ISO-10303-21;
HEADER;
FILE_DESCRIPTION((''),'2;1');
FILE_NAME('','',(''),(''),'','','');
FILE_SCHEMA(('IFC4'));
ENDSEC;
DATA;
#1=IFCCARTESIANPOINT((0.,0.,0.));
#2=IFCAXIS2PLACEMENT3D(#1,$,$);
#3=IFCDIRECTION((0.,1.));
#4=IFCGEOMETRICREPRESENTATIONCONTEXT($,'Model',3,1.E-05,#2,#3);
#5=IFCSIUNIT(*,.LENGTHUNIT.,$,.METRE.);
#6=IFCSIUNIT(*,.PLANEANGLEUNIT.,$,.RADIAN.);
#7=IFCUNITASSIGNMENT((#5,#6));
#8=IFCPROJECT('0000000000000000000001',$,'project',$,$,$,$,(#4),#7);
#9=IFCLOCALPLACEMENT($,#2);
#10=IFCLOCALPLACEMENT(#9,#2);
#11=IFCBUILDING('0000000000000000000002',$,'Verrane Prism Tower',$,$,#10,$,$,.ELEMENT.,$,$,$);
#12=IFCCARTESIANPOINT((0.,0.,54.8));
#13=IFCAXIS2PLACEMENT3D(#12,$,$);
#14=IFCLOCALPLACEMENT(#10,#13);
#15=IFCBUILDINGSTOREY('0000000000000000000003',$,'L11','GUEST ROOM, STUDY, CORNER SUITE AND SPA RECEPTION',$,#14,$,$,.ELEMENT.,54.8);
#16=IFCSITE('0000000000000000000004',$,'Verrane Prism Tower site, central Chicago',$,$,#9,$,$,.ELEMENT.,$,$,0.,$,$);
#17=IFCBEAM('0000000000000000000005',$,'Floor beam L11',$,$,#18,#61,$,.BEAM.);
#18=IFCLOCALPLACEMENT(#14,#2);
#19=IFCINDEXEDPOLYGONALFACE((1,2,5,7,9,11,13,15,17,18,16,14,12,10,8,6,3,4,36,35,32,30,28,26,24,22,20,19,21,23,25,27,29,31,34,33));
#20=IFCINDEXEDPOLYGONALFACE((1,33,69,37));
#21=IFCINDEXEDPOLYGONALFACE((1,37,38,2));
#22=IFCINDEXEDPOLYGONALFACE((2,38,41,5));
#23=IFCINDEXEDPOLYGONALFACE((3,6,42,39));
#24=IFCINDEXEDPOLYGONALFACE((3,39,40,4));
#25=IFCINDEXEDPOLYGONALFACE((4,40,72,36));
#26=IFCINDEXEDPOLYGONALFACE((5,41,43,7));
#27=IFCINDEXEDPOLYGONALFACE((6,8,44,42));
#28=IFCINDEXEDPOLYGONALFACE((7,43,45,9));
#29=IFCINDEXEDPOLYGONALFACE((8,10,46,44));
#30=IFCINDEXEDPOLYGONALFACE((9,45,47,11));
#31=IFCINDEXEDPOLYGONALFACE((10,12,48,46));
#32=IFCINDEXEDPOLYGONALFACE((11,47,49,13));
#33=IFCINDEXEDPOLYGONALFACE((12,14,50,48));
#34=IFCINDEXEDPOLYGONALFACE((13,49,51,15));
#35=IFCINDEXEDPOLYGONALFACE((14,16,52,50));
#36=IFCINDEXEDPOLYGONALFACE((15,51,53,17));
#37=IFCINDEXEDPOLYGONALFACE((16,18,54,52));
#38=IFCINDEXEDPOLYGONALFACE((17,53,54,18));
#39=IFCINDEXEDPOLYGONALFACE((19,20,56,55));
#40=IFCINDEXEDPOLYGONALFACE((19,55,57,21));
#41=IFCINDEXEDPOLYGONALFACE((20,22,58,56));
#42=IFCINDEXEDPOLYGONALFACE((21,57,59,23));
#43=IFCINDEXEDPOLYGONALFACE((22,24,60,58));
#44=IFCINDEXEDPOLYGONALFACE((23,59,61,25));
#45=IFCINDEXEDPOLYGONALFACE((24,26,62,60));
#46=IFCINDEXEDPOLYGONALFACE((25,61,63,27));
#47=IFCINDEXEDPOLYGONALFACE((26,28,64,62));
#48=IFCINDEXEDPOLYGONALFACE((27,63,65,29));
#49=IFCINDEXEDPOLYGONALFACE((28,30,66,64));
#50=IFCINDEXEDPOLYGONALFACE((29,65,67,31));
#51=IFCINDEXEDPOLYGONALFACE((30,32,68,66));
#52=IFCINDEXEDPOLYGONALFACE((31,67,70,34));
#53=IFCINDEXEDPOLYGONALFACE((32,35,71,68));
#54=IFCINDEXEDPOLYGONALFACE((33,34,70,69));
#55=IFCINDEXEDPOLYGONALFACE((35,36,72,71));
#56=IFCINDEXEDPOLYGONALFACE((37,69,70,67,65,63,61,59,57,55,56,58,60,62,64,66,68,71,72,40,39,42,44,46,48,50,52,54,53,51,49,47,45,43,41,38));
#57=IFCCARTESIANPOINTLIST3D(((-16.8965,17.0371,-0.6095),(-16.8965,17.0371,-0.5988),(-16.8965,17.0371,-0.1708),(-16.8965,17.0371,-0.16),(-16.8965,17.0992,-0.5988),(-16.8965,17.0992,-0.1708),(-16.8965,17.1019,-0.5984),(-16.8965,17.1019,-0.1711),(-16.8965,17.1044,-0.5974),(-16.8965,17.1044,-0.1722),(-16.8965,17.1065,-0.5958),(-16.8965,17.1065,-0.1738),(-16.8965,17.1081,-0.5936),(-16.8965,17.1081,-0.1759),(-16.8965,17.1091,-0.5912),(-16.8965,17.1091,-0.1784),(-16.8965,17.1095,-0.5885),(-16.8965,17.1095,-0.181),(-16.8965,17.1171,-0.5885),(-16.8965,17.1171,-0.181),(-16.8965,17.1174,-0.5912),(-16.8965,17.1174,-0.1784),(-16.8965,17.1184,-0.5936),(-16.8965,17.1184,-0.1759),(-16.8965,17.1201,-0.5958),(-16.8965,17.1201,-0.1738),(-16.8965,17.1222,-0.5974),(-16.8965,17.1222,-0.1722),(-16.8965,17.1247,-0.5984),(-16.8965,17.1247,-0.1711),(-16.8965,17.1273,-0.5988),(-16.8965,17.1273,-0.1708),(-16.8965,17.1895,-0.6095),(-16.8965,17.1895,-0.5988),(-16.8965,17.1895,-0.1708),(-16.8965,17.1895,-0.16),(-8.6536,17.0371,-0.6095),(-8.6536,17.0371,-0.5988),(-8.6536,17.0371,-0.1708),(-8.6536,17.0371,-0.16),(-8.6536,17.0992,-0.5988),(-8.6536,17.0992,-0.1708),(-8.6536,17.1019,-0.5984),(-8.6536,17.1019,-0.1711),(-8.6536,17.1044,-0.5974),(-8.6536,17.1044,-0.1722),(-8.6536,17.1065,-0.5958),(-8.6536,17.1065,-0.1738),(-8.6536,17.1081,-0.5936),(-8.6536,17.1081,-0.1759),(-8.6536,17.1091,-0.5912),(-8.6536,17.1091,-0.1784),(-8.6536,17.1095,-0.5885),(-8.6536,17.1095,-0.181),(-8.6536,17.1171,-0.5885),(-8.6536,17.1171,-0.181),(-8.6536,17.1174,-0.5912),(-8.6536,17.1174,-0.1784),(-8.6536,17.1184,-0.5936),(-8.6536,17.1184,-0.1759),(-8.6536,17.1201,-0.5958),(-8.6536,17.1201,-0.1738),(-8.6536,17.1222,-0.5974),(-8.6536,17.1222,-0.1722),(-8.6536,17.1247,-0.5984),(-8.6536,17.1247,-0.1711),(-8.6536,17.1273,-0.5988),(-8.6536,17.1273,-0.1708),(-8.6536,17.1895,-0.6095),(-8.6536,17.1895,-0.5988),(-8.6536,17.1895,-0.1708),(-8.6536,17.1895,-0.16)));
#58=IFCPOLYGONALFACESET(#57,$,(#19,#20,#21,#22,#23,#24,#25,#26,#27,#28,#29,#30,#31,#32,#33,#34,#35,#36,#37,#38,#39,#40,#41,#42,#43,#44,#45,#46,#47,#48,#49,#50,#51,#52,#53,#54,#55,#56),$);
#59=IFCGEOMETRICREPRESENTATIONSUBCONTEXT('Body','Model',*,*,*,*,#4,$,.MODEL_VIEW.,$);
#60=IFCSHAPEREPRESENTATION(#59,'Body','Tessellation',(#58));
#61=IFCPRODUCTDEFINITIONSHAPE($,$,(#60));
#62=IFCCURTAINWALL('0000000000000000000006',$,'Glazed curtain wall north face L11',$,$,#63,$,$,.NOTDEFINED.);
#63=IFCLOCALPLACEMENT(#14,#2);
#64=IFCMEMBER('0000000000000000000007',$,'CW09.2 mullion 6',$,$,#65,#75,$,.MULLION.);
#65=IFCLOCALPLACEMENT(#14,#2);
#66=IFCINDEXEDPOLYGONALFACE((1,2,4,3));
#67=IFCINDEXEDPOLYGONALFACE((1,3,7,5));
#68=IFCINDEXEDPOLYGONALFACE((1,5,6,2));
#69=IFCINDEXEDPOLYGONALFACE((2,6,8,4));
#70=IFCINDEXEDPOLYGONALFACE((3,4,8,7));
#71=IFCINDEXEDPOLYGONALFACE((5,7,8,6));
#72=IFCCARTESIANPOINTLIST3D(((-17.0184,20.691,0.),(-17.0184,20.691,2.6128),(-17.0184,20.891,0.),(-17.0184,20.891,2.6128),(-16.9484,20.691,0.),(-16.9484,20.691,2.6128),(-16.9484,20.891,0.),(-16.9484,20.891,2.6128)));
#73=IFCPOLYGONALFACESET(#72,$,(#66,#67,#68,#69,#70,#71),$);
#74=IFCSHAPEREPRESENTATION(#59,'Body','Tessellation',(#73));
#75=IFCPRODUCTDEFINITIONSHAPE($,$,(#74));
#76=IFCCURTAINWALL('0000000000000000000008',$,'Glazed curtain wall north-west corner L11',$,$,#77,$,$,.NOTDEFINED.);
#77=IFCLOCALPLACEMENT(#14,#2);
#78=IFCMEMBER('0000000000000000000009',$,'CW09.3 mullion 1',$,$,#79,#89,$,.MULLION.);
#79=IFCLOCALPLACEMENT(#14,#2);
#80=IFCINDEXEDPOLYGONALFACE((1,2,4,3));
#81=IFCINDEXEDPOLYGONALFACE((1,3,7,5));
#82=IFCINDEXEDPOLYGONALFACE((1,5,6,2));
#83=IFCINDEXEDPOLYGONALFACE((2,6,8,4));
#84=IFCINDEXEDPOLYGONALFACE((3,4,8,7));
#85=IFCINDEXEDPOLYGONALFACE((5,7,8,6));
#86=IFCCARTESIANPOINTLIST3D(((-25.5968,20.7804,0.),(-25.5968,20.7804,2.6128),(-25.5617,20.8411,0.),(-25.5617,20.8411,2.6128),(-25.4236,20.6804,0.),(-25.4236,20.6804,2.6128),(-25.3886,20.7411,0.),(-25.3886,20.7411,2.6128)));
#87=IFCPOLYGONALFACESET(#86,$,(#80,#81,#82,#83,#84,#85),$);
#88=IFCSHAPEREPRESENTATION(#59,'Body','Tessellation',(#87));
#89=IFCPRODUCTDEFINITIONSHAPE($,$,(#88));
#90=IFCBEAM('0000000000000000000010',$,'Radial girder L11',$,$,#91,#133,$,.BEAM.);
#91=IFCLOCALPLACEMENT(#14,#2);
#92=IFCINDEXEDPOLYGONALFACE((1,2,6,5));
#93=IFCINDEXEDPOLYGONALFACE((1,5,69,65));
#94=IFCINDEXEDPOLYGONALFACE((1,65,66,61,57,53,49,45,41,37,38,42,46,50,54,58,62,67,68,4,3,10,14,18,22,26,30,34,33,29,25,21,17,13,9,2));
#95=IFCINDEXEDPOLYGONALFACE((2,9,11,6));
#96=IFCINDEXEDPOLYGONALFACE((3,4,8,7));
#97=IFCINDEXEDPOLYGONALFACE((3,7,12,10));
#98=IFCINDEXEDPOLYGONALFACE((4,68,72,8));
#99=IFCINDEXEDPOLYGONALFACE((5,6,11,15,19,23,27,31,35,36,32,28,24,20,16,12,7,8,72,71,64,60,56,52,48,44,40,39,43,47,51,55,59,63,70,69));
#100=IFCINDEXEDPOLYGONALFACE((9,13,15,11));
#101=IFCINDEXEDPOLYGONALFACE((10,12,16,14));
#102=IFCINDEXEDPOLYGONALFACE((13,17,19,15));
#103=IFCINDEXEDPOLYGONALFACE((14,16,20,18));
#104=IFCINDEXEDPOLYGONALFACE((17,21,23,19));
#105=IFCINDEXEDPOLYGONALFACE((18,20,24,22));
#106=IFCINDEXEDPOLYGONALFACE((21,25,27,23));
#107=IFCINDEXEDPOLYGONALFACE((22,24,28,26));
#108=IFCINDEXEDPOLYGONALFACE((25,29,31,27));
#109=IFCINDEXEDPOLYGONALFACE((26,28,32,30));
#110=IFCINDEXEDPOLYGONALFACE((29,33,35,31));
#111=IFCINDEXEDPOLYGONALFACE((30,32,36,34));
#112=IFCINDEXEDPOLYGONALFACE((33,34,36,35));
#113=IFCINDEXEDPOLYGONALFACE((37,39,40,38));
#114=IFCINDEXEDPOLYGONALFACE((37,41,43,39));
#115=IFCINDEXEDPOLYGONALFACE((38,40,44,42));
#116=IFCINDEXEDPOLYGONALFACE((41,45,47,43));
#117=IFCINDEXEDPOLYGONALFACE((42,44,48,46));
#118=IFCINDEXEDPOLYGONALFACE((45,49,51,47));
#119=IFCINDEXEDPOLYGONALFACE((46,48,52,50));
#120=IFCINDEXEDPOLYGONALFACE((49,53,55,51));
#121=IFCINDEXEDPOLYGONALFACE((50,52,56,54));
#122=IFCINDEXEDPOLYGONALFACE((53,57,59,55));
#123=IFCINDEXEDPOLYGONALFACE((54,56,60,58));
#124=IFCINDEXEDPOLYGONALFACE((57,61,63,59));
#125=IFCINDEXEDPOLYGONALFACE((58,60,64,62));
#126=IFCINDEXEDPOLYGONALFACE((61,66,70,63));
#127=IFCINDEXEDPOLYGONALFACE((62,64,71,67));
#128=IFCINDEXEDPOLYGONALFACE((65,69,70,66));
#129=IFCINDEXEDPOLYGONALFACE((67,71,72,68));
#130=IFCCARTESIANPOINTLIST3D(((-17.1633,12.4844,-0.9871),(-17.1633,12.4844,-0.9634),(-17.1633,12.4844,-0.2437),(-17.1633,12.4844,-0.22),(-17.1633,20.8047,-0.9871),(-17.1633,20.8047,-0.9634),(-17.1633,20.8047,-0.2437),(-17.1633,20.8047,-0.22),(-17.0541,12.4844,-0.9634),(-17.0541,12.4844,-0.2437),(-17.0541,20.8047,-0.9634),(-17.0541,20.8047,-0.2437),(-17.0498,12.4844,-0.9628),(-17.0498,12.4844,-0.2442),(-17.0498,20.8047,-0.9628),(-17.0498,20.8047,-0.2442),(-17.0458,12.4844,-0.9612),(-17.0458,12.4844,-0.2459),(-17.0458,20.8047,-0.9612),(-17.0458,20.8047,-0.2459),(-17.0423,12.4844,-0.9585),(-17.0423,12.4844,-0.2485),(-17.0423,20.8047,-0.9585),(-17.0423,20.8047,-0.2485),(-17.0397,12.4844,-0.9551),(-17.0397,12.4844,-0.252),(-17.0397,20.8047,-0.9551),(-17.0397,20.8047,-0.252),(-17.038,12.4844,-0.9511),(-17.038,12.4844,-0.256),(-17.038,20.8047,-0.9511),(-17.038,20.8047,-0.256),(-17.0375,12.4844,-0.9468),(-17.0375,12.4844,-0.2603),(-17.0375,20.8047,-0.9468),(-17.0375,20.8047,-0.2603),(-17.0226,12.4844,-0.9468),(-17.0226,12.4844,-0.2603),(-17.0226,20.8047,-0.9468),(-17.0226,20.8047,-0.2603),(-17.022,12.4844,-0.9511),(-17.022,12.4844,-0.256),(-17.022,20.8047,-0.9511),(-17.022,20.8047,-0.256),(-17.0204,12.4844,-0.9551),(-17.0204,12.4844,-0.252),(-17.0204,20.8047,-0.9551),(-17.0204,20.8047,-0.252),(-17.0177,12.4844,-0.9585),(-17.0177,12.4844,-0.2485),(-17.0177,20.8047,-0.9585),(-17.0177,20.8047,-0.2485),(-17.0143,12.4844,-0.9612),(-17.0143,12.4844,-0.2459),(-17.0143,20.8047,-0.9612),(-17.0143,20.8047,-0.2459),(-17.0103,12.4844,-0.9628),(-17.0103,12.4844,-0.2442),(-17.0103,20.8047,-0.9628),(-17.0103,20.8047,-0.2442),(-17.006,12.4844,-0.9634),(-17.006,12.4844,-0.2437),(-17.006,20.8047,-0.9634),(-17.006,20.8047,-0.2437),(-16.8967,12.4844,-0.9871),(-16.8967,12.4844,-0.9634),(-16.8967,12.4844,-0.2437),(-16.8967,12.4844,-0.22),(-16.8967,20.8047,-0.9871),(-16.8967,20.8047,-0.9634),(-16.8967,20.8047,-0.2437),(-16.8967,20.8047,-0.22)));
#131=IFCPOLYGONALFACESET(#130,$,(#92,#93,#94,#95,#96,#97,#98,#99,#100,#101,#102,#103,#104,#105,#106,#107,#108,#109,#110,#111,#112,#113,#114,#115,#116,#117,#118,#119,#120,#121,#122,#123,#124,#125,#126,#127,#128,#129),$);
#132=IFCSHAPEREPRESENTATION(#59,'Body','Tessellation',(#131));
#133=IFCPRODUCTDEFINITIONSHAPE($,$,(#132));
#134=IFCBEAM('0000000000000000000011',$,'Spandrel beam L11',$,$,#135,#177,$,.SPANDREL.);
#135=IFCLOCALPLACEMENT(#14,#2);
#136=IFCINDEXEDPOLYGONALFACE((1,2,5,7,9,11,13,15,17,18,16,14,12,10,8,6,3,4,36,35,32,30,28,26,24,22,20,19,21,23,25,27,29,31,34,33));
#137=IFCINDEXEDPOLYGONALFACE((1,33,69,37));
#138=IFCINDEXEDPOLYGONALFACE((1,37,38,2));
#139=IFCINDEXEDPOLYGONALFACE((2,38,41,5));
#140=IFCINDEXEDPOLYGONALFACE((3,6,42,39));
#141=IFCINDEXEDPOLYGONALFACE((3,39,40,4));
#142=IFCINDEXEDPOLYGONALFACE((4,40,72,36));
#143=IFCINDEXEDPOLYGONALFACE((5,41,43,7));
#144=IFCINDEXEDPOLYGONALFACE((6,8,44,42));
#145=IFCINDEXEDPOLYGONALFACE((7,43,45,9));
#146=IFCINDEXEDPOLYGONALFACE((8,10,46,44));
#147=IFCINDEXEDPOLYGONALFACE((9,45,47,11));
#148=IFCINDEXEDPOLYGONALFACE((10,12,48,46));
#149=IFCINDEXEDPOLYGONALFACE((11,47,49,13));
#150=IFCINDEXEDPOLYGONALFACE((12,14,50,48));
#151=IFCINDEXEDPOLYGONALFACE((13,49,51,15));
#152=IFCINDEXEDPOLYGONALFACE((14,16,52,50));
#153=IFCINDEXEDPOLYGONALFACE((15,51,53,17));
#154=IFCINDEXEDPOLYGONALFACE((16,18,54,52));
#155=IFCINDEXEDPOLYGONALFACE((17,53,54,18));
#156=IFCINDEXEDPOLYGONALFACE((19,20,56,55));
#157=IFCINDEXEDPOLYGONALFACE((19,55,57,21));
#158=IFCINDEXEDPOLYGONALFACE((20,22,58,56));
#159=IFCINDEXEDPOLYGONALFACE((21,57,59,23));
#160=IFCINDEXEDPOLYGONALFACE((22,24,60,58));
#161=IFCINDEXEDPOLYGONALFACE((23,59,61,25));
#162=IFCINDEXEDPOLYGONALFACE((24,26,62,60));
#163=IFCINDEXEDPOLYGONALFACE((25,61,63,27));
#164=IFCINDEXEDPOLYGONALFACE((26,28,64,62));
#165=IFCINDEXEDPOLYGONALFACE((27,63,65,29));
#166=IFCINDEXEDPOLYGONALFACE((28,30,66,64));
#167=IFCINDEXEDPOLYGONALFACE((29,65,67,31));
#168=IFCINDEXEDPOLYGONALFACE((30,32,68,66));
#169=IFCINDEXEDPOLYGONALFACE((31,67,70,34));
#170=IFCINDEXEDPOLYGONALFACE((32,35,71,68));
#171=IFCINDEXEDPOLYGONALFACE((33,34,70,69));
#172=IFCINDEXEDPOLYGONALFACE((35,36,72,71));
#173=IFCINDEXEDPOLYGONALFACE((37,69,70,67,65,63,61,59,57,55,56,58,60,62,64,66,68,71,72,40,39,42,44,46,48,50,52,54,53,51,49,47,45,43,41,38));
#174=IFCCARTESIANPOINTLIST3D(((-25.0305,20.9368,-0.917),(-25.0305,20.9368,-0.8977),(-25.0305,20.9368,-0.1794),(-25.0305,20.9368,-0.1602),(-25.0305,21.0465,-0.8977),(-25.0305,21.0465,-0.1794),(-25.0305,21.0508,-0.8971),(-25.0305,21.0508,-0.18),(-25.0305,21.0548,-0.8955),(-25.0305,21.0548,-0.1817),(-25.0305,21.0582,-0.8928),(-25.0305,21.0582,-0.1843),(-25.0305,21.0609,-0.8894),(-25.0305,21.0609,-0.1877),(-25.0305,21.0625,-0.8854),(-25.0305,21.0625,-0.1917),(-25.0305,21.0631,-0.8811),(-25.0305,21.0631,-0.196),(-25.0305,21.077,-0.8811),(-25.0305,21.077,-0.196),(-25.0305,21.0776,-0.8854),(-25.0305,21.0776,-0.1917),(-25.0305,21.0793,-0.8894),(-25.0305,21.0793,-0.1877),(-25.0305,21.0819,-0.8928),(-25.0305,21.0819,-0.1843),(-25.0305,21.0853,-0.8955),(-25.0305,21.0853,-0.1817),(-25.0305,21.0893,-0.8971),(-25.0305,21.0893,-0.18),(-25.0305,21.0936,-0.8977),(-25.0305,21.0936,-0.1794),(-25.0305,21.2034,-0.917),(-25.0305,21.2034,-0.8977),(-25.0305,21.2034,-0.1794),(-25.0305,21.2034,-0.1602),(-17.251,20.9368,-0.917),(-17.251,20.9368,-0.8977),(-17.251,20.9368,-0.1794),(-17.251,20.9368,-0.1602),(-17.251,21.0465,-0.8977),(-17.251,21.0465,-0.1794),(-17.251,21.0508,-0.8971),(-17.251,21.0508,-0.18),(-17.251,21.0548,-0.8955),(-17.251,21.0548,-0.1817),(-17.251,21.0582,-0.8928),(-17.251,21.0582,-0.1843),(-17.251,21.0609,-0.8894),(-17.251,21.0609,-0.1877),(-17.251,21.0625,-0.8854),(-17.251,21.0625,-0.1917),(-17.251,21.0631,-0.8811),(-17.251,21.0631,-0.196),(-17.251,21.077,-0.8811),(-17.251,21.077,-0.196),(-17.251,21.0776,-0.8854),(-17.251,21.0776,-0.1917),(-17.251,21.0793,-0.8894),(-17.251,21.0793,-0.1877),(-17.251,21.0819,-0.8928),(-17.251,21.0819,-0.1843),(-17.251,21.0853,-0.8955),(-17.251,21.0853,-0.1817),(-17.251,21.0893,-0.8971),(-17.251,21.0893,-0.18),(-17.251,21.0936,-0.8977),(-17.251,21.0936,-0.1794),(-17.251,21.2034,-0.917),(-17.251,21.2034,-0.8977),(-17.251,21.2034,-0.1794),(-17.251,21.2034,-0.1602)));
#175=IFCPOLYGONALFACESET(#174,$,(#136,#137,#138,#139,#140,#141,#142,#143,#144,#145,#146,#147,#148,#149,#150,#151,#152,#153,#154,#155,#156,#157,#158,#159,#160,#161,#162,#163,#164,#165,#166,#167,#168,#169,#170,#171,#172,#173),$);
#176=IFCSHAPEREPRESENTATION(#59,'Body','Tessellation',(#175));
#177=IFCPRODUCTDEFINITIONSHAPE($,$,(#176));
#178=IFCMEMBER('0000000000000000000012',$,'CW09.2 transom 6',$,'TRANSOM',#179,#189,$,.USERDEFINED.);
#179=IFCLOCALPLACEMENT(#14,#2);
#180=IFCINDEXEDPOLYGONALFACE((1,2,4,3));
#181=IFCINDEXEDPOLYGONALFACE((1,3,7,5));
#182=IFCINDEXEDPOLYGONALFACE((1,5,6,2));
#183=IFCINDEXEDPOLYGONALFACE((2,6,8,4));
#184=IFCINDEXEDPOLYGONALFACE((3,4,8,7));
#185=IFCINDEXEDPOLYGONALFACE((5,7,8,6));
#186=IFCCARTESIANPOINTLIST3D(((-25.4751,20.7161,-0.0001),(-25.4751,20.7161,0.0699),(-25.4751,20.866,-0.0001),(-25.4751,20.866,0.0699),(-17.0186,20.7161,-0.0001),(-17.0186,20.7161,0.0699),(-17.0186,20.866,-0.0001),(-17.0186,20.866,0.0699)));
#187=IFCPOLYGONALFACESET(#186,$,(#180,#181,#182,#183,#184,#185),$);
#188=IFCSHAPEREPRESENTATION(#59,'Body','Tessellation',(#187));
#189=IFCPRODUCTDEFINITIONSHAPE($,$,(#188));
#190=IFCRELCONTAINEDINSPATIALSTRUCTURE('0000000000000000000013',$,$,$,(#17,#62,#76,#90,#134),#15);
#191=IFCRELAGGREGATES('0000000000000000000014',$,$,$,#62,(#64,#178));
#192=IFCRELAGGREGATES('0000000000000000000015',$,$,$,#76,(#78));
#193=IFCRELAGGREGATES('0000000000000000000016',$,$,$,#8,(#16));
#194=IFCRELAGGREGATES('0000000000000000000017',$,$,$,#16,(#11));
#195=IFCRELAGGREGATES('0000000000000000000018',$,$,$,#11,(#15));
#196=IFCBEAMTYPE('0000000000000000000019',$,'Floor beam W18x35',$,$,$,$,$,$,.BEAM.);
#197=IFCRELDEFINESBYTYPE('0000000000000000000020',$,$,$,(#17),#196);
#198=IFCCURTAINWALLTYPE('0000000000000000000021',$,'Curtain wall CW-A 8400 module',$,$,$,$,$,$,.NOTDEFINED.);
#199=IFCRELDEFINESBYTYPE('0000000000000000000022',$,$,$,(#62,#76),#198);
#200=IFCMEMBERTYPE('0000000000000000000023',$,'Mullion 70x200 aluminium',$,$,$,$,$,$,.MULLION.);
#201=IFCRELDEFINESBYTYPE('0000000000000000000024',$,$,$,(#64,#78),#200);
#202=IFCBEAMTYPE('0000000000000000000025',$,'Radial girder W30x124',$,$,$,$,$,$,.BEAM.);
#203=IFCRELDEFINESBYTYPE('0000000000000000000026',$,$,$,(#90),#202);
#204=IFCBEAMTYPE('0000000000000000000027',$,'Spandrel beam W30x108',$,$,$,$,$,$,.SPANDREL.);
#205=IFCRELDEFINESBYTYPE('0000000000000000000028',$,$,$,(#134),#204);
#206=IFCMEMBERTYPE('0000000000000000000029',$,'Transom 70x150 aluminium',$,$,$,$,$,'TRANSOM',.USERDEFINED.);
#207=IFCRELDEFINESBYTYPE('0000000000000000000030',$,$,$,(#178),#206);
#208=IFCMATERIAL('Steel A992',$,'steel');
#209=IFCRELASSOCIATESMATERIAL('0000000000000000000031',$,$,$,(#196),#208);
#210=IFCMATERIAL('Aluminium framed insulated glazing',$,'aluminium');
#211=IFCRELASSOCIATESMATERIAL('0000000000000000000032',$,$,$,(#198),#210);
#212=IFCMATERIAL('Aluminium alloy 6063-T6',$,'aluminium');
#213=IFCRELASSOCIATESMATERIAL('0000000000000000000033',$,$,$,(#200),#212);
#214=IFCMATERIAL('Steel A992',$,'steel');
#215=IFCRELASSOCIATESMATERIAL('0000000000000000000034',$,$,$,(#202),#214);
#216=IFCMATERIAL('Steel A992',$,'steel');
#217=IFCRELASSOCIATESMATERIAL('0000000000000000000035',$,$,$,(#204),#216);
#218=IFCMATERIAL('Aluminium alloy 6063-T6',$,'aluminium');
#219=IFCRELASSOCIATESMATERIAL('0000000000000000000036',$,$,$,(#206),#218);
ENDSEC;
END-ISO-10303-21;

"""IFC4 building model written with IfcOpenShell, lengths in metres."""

from ifc_helpers import new_model, si_unit, direction, frame, origin, origin_2d, place, context, subcontext, project, spatial, rectangle, i_section, extrude, material, material_profile, profile_set, type_object, element, aggregate, save


model = new_model("IFC4")

# Units and contexts
model_context = context("Model", 3, precision=1e-05, world=origin(), true_north=direction((0.0, 1.0)))
body_context = subcontext(model_context, "Body", "Model", "MODEL_VIEW")
ifc_project = project(units=[si_unit("LENGTHUNIT", "METRE"), si_unit("PLANEANGLEUNIT", "RADIAN")], contexts=[model_context])

# Site, building, storey
site_placement = place(None, origin())
site = spatial("IfcSite", under=ifc_project, at=site_placement, Name="Verrane Prism Tower site, central Chicago", CompositionType="ELEMENT", RefElevation=0.0)
building_placement = place(site_placement, origin())
building = spatial("IfcBuilding", under=site, at=building_placement, Name="Verrane Prism Tower", CompositionType="ELEMENT")
storey_placement = place(building_placement, frame((0.0, 0.0, 54.8)))
storey = spatial("IfcBuildingStorey", under=building, at=storey_placement, Name="L11", Description="GUEST ROOM, STUDY, CORNER SUITE AND SPA RECEPTION", CompositionType="ELEMENT", Elevation=54.8)

# Beam
ifc_material_1 = material(Name="Steel A992", Category="steel")
ifc_material_profile_1 = material_profile(ifc_material_1, i_section(OverallWidth=0.1523, OverallDepth=0.4495, WebThickness=0.0076, FlangeThickness=0.0107, FilletRadius=0.0103, at=origin_2d()), Name="W18x35")
ifc_profile_set_1 = profile_set([ifc_material_profile_1], Name="Steel A992")
beam_type_1 = type_object("IfcBeamType", Name="Floor beam W18x35", PredefinedType="BEAM", material=ifc_profile_set_1)
for number, where, z_axis, x_axis, name in (
    (1, (-16.8965, 17.1133, -0.3848), (1.0, 0.0, 0.0), (0.0, 1.0, 0.0), "Floor beam L11"),
):
    element("IfcBeam", number, at=place(storey_placement, frame(where, z_axis=z_axis, x_axis=x_axis)), inside=storey, type_object=beam_type_1, Name=name, PredefinedType="BEAM", context=body_context, shape_type="SweptSolid", body=[
        extrude(i_section(OverallWidth=0.1523, OverallDepth=0.4495, WebThickness=0.0076, FlangeThickness=0.0107, FilletRadius=0.0103, at=origin_2d()), origin(), (0.0, 0.0, 1.0), 8.2429),
    ])

# Curtain walls, members
ifc_material_2 = material(Name="Aluminium framed insulated glazing", Category="aluminium")
curtain_wall_type = type_object("IfcCurtainWallType", Name="Curtain wall CW-A 8400 module", PredefinedType="NOTDEFINED", material=ifc_material_2)
curtain_wall_1_placement = place(storey_placement, origin())
curtain_wall_1 = element("IfcCurtainWall", 2, at=curtain_wall_1_placement, inside=storey, type_object=curtain_wall_type, Name="Glazed curtain wall north face L11", PredefinedType="NOTDEFINED")
ifc_material_3 = material(Name="Aluminium alloy 6063-T6", Category="aluminium")
ifc_material_profile_2 = material_profile(ifc_material_3, rectangle(XDim=0.2, YDim=0.0701, at=origin_2d()), Name="Mullion 70x200 aluminium")
ifc_profile_set_2 = profile_set([ifc_material_profile_2], Name="Aluminium alloy 6063-T6")
member_type_1 = type_object("IfcMemberType", Name="Mullion 70x200 aluminium", PredefinedType="MULLION", material=ifc_profile_set_2)
member_1_placement = place(storey_placement, frame((-16.9834, 20.791, 0.0), z_axis=(0.0, 0.0, 1.0), x_axis=(0.0, -1.0, 0.0)))
member_1 = element("IfcMember", 3, at=member_1_placement, type_object=member_type_1, Name="CW09.2 mullion 6", PredefinedType="MULLION", context=body_context, shape_type="SweptSolid", body=[
    extrude(rectangle(XDim=0.2, YDim=0.0701, at=origin_2d()), origin(), (0.0, 0.0, 1.0), 2.6128),
])
curtain_wall_2_placement = place(storey_placement, origin())
curtain_wall_2 = element("IfcCurtainWall", 4, at=curtain_wall_2_placement, inside=storey, type_object=curtain_wall_type, Name="Glazed curtain wall north-west corner L11", PredefinedType="NOTDEFINED")
member_2_placement = place(storey_placement, frame((-25.4927, 20.7607, 0.0), z_axis=(0.0, 0.0, 1.0), x_axis=(0.866026, -0.499999, 0.0)))
member_2 = element("IfcMember", 5, at=member_2_placement, type_object=member_type_1, Name="CW09.3 mullion 1", PredefinedType="MULLION", context=body_context, shape_type="SweptSolid", body=[
    extrude(rectangle(XDim=0.2, YDim=0.0701, at=origin_2d()), origin(), (0.0, 0.0, 1.0), 2.6128),
])

# Beams
ifc_material_4 = material(Name="Steel A992", Category="steel")
ifc_material_profile_3 = material_profile(ifc_material_4, i_section(OverallWidth=0.2666, OverallDepth=0.7671, WebThickness=0.0149, FlangeThickness=0.0237, FilletRadius=0.0166, at=origin_2d()), Name="W30x124")
ifc_profile_set_3 = profile_set([ifc_material_profile_3], Name="Steel A992")
beam_type_2 = type_object("IfcBeamType", Name="Radial girder W30x124", PredefinedType="BEAM", material=ifc_profile_set_3)
beam_1_placement = place(storey_placement, frame((-17.03, 20.8047, -0.6035), z_axis=(0.0, -1.0, 0.0), x_axis=(1.0, 0.0, 0.0)))
element("IfcBeam", 6, at=beam_1_placement, inside=storey, type_object=beam_type_2, Name="Radial girder L11", PredefinedType="BEAM", context=body_context, shape_type="SweptSolid", body=[
    extrude(i_section(OverallWidth=0.2666, OverallDepth=0.7671, WebThickness=0.0149, FlangeThickness=0.0237, FilletRadius=0.0166, at=origin_2d()), origin(), (0.0, 0.0, 1.0), 8.3203),
])
ifc_material_5 = material(Name="Steel A992", Category="steel")
ifc_material_profile_4 = material_profile(ifc_material_5, i_section(OverallWidth=0.2666, OverallDepth=0.7568, WebThickness=0.0139, FlangeThickness=0.0193, FilletRadius=0.0166, at=origin_2d()), Name="W30x108")
ifc_profile_set_4 = profile_set([ifc_material_profile_4], Name="Steel A992")
beam_type_3 = type_object("IfcBeamType", Name="Spandrel beam W30x108", PredefinedType="SPANDREL", material=ifc_profile_set_4)
beam_2_placement = place(storey_placement, frame((-17.251, 21.0701, -0.5386), z_axis=(-1.0, 0.0, 0.0), x_axis=(0.0, -1.0, 0.0)))
element("IfcBeam", 7, at=beam_2_placement, inside=storey, type_object=beam_type_3, Name="Spandrel beam L11", PredefinedType="SPANDREL", context=body_context, shape_type="SweptSolid", body=[
    extrude(i_section(OverallWidth=0.2666, OverallDepth=0.7568, WebThickness=0.0139, FlangeThickness=0.0193, FilletRadius=0.0166, at=origin_2d()), origin(), (0.0, 0.0, 1.0), 7.7795),
])

# Member
ifc_material_6 = material(Name="Aluminium alloy 6063-T6", Category="aluminium")
ifc_material_profile_5 = material_profile(ifc_material_6, rectangle(XDim=0.1499, YDim=0.0701, at=origin_2d()), Name="Transom 70x150 aluminium")
ifc_profile_set_5 = profile_set([ifc_material_profile_5], Name="Aluminium alloy 6063-T6")
member_type_2 = type_object("IfcMemberType", Name="Transom 70x150 aluminium", ElementType="TRANSOM", PredefinedType="USERDEFINED", material=ifc_profile_set_5)
member_3_placement = place(storey_placement, frame((-17.0186, 20.791, 0.0349), z_axis=(-1.0, 0.0, 0.0), x_axis=(0.0, -1.0, 0.0)))
member_3 = element("IfcMember", 8, at=member_3_placement, type_object=member_type_2, Name="CW09.2 transom 6", ObjectType="TRANSOM", PredefinedType="USERDEFINED", context=body_context, shape_type="SweptSolid", body=[
    extrude(rectangle(XDim=0.1499, YDim=0.0701, at=origin_2d()), origin(), (0.0, 0.0, 1.0), 8.4565),
])

aggregate(curtain_wall_1, [member_1, member_3])
aggregate(curtain_wall_2, [member_2])

save(model, "model.ifc")
